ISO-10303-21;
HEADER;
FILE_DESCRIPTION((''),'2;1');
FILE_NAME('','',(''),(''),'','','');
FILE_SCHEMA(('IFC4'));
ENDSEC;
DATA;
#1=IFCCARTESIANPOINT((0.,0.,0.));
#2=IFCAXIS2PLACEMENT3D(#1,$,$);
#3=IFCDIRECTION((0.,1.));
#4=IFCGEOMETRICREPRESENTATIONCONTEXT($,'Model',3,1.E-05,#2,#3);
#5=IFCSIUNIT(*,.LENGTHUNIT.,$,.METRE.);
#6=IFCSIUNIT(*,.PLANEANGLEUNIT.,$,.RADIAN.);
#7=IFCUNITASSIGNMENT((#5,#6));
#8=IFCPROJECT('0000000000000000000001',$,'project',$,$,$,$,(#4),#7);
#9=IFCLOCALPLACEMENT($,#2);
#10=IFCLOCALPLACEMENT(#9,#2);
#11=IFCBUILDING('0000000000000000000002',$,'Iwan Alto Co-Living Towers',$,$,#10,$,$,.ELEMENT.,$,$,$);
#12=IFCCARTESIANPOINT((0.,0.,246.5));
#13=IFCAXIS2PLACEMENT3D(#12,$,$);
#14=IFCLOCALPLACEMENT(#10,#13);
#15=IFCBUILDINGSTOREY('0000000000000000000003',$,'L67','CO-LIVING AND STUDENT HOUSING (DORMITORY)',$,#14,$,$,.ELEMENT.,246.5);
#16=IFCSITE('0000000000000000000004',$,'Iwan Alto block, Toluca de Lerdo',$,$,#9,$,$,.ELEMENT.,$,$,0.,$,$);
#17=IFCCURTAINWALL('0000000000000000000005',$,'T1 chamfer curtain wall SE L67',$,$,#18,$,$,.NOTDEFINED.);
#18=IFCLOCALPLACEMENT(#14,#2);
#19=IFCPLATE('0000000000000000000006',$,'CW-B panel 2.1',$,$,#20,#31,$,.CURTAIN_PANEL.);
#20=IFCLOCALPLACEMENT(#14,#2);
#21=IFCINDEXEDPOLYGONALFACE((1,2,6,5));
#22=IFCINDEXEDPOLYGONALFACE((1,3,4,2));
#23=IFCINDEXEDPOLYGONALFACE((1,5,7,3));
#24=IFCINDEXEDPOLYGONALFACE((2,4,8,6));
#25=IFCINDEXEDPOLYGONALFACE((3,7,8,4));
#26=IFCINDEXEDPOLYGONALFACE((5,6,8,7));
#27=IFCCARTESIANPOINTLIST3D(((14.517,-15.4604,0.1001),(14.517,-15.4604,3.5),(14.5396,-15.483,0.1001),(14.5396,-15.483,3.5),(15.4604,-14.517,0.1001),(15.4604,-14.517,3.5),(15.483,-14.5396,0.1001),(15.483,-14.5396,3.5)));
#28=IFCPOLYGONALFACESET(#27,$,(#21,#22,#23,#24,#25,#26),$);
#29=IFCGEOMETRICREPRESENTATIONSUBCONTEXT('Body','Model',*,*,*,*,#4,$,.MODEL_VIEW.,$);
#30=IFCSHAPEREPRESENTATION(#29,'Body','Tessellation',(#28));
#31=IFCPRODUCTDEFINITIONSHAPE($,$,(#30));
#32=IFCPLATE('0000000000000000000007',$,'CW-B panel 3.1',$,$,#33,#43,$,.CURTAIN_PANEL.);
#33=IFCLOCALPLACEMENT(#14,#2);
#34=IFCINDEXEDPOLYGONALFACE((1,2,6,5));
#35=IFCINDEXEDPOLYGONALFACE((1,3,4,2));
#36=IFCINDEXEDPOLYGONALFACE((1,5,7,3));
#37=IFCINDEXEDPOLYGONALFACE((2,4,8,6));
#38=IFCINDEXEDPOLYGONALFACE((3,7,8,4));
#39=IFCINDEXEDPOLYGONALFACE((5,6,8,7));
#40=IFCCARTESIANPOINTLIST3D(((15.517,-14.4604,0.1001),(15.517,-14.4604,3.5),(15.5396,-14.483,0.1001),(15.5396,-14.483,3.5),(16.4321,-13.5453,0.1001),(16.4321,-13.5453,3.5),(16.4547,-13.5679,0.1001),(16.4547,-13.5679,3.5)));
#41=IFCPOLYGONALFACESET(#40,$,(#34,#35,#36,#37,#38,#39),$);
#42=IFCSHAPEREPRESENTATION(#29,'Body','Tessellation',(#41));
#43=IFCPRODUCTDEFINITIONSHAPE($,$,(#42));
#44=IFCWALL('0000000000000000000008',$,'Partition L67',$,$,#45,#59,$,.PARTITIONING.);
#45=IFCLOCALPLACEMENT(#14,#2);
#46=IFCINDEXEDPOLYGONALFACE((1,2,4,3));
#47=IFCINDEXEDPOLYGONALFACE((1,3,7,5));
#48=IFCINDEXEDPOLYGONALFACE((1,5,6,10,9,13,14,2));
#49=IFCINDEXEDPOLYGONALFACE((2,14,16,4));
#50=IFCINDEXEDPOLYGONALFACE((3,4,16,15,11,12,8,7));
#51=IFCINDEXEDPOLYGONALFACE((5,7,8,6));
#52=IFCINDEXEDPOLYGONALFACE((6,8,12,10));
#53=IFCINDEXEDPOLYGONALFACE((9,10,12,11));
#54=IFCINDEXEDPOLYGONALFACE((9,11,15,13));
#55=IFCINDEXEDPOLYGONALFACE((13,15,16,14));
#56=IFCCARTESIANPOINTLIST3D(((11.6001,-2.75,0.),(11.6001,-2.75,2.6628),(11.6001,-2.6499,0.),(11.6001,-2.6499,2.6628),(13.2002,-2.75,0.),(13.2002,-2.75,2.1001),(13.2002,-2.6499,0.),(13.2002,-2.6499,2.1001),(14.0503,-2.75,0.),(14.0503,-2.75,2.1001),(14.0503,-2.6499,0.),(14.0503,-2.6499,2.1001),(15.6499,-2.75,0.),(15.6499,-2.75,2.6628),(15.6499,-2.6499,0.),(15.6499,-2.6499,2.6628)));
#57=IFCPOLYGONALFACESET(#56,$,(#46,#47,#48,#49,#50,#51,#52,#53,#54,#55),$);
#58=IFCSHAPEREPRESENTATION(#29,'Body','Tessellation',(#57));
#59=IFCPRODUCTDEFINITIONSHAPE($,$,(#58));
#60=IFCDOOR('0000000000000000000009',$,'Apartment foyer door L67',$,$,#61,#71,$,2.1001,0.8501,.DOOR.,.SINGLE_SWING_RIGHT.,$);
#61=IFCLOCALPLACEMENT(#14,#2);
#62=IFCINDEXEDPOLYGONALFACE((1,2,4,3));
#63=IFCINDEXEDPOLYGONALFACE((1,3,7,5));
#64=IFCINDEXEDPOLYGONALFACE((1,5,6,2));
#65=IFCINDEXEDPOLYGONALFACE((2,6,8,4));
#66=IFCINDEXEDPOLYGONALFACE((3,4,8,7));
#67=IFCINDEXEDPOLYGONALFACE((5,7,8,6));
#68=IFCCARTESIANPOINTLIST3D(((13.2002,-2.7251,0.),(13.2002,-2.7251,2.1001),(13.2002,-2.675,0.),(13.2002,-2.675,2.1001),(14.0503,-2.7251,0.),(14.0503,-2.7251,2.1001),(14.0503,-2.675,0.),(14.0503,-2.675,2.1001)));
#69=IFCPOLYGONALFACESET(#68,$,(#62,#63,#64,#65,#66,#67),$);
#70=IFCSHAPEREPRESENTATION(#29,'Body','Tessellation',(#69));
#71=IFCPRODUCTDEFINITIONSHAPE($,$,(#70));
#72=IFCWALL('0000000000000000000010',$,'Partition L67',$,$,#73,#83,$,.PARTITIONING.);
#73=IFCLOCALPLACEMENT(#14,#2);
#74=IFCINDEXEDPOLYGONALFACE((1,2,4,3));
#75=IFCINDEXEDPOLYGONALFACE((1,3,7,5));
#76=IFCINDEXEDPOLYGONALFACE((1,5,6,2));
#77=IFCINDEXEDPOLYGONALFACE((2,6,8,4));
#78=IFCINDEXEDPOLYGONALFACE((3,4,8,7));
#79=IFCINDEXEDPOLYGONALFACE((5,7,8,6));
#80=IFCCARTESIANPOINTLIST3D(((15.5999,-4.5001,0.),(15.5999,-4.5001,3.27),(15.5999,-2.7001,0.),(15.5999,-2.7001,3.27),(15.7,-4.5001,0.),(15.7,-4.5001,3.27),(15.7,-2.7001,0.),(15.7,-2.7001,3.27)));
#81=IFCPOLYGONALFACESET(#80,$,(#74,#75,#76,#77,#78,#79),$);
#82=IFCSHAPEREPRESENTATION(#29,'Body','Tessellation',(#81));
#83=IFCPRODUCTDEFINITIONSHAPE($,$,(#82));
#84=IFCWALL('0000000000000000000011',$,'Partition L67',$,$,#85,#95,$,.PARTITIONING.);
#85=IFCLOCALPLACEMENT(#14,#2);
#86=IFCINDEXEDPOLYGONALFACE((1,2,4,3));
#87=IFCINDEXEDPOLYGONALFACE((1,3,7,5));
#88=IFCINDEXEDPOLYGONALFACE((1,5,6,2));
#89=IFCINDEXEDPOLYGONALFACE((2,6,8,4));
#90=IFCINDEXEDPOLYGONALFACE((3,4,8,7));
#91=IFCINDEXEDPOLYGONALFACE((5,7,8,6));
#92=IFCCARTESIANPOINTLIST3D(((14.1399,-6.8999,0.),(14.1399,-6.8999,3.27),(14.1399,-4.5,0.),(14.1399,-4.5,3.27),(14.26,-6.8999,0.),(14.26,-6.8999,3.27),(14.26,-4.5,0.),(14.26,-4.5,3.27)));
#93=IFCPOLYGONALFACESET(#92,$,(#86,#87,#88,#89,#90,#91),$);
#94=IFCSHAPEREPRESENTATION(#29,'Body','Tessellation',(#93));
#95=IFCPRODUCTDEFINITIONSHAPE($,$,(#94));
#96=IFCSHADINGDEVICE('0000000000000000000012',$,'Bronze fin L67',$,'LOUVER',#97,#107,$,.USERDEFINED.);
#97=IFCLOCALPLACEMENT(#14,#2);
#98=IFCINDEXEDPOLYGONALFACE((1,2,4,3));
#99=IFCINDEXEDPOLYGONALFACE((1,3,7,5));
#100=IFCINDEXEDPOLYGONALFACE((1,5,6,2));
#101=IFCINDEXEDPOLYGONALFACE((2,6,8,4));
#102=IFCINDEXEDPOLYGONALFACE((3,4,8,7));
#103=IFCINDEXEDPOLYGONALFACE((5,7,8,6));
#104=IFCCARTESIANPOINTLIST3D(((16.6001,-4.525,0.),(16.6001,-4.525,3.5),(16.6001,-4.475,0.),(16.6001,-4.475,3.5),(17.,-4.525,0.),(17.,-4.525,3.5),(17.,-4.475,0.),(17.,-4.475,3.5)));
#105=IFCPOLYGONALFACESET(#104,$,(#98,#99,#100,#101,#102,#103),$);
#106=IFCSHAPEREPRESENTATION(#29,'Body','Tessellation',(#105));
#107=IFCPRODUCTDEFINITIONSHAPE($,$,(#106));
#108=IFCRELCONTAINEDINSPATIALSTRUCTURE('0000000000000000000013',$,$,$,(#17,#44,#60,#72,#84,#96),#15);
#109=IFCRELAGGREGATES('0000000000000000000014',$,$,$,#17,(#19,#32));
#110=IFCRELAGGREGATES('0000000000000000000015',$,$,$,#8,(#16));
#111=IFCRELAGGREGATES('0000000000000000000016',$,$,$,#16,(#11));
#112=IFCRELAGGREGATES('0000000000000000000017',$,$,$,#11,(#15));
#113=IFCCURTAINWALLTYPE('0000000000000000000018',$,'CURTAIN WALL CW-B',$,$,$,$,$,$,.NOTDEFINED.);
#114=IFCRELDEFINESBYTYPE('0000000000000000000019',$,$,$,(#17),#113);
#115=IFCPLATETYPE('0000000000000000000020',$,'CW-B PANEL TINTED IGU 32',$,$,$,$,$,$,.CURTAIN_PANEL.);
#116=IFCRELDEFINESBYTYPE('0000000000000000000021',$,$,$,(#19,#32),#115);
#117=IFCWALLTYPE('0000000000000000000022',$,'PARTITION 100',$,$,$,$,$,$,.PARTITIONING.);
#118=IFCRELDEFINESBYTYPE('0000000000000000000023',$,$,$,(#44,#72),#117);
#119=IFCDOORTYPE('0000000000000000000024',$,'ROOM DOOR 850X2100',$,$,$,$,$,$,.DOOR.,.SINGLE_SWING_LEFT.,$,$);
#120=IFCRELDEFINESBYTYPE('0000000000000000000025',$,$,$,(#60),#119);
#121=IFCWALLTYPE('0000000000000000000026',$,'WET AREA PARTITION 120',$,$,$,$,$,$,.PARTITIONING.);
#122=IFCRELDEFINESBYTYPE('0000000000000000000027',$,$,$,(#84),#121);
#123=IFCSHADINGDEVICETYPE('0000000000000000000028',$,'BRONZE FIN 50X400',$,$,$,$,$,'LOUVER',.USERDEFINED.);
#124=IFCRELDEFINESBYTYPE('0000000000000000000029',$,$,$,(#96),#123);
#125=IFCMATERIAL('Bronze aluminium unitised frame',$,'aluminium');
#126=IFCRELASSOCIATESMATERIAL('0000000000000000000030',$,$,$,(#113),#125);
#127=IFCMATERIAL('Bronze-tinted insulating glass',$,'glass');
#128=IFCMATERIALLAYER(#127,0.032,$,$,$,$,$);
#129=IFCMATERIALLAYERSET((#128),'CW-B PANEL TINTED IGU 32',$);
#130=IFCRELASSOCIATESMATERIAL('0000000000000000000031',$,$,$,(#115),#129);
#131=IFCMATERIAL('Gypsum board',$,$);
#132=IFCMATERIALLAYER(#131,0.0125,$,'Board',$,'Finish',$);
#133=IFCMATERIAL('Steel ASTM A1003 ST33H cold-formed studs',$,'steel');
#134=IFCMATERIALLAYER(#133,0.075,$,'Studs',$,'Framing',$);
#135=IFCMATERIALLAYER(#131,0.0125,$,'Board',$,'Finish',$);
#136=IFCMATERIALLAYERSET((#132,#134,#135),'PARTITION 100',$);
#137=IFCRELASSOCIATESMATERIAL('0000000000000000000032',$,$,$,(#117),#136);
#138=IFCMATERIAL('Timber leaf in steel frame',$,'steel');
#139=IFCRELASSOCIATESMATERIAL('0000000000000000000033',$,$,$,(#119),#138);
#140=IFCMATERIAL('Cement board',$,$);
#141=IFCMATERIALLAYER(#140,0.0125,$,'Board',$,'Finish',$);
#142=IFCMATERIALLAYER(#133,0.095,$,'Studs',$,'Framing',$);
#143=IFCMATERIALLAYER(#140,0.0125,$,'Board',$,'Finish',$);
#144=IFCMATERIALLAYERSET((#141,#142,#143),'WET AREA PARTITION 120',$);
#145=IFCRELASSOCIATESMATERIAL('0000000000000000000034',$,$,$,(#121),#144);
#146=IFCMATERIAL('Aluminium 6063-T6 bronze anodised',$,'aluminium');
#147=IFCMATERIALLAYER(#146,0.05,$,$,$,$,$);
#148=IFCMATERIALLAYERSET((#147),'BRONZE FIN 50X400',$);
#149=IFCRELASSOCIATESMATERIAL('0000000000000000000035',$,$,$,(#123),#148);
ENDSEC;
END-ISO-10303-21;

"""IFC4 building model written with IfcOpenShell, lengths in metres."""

from ifc_helpers import new_model, si_unit, direction, frame, frame_2d, origin, origin_2d, place, context, subcontext, project, spatial, rectangle, extrude, material, layer, layer_set, type_object, element, fill, aggregate, save


model = new_model("IFC4")

# Units and contexts
model_context = context("Model", 3, precision=1e-05, world=origin(), true_north=direction((0.0, 1.0)))
body_context = subcontext(model_context, "Body", "Model", "MODEL_VIEW")
ifc_project = project(units=[si_unit("LENGTHUNIT", "METRE"), si_unit("PLANEANGLEUNIT", "RADIAN")], contexts=[model_context])

# Site, building, storey
site_placement = place(None, origin())
site = spatial("IfcSite", under=ifc_project, at=site_placement, Name="Iwan Alto block, Toluca de Lerdo", CompositionType="ELEMENT", RefElevation=0.0)
building_placement = place(site_placement, origin())
building = spatial("IfcBuilding", under=site, at=building_placement, Name="Iwan Alto Co-Living Towers", CompositionType="ELEMENT")
storey_placement = place(building_placement, frame((0.0, 0.0, 246.5)))
storey = spatial("IfcBuildingStorey", under=building, at=storey_placement, Name="L67", Description="CO-LIVING AND STUDENT HOUSING (DORMITORY)", CompositionType="ELEMENT", Elevation=246.5)

# Curtain wall
ifc_material_1 = material(Name="Bronze aluminium unitised frame", Category="aluminium")
curtain_wall_type_1 = type_object("IfcCurtainWallType", Name="CURTAIN WALL CW-B", PredefinedType="NOTDEFINED", material=ifc_material_1)
curtain_wall_1_placement = place(storey_placement, origin())
curtain_wall_1 = element("IfcCurtainWall", 1, at=curtain_wall_1_placement, inside=storey, type_object=curtain_wall_type_1, Name="T1 chamfer curtain wall SE L67", PredefinedType="NOTDEFINED")

# Plates
ifc_material_2 = material(Name="Bronze-tinted insulating glass", Category="glass")
ifc_layer_1 = layer(ifc_material_2, 0.032)
ifc_layer_set_1 = layer_set([ifc_layer_1], Name="CW-B PANEL TINTED IGU 32")
plate_type_1 = type_object("IfcPlateType", Name="CW-B PANEL TINTED IGU 32", PredefinedType="CURTAIN_PANEL", material=ifc_layer_set_1)
plate_1_placement = place(storey_placement, frame((15.0, -15.0, 0.1001), z_axis=(0.0, 0.0, 1.0), x_axis=(0.707107, 0.707107, 0.0)))
plate_1 = element("IfcPlate", 2, at=plate_1_placement, type_object=plate_type_1, Name="CW-B panel 2.1", PredefinedType="CURTAIN_PANEL", context=body_context, shape_type="SweptSolid", body=[
    extrude(rectangle(XDim=1.3342, YDim=0.032, at=origin_2d()), origin(), (0.0, 0.0, 1.0), 3.3999),
])
plate_2_placement = place(storey_placement, frame((15.9858, -14.0142, 0.1001), z_axis=(0.0, 0.0, 1.0), x_axis=(0.707107, 0.707107, 0.0)))
plate_2 = element("IfcPlate", 3, at=plate_2_placement, type_object=plate_type_1, Name="CW-B panel 3.1", PredefinedType="CURTAIN_PANEL", context=body_context, shape_type="SweptSolid", body=[
    extrude(rectangle(XDim=1.2942, YDim=0.032, at=origin_2d()), origin(), (0.0, 0.0, 1.0), 3.3999),
])
aggregate(curtain_wall_1, [plate_1, plate_2])

# Wall, opening, door
ifc_material_3 = material(Name="Gypsum board")
ifc_layer_2 = layer(ifc_material_3, 0.0125, Name="Board", Category="Finish")
ifc_material_4 = material(Name="Steel ASTM A1003 ST33H cold-formed studs", Category="steel")
ifc_layer_3 = layer(ifc_material_4, 0.075, Name="Studs", Category="Framing")
ifc_layer_4 = layer(ifc_material_3, 0.0125, Name="Board", Category="Finish")
ifc_layer_set_2 = layer_set([ifc_layer_2, ifc_layer_3, ifc_layer_4], Name="PARTITION 100")
wall_type_1 = type_object("IfcWallType", Name="PARTITION 100", PredefinedType="PARTITIONING", material=ifc_layer_set_2)
wall_1_placement = place(storey_placement, frame((11.6001, -2.7, 0.0), z_axis=(0.0, 0.0, 1.0), x_axis=(1.0, 0.0, 0.0)))
wall_1 = element("IfcWall", 4, at=wall_1_placement, inside=storey, type_object=wall_type_1, Name="Partition L67", PredefinedType="PARTITIONING", context=body_context, shape_type="SweptSolid", body=[
    extrude(rectangle(XDim=4.0498, YDim=0.1001, at=frame_2d((2.0249, 0.0))), origin(), (0.0, 0.0, 1.0), 2.6628),
])
opening_placement = place(wall_1_placement, frame((1.6001, 0.0, 0.0)))
opening = element("IfcOpeningElement", 5, at=opening_placement, cuts=wall_1, PredefinedType="OPENING", context=body_context, shape_type="SweptSolid", body=[
    extrude(rectangle(XDim=0.8501, YDim=2.1001, at=frame_2d((0.425, 1.05))), frame((0.0, 0.0601, 0.0), z_axis=(0.0, -1.0, 0.0), x_axis=(1.0, 0.0, 0.0)), (0.0, 0.0, 1.0), 0.1201),
])
ifc_material_5 = material(Name="Timber leaf in steel frame", Category="steel")
door_type = type_object("IfcDoorType", Name="ROOM DOOR 850X2100", OperationType="SINGLE_SWING_LEFT", PredefinedType="DOOR", material=ifc_material_5)
door_placement = place(opening_placement, origin())
door = element("IfcDoor", 6, at=door_placement, inside=storey, type_object=door_type, Name="Apartment foyer door L67", OperationType="SINGLE_SWING_RIGHT", OverallHeight=2.1001, OverallWidth=0.8501, PredefinedType="DOOR", context=body_context, shape_type="SweptSolid", body=[
    extrude(rectangle(XDim=0.8501, YDim=2.1001, at=frame_2d((0.425, 1.05))), frame((0.0, 0.0249, 0.0), z_axis=(0.0, -1.0, 0.0), x_axis=(1.0, 0.0, 0.0)), (0.0, 0.0, 1.0), 0.05),
])
fill(opening, door)

# Walls
wall_2_placement = place(storey_placement, frame((15.6499, -4.5, 0.0), z_axis=(0.0, 0.0, 1.0), x_axis=(0.0, 1.0, 0.0)))
element("IfcWall", 7, at=wall_2_placement, inside=storey, type_object=wall_type_1, Name="Partition L67", PredefinedType="PARTITIONING", context=body_context, shape_type="SweptSolid", body=[
    extrude(rectangle(XDim=1.8, YDim=0.1001, at=frame_2d((0.8999, 0.0))), origin(), (0.0, 0.0, 1.0), 3.27),
])
ifc_material_6 = material(Name="Cement board")
ifc_layer_5 = layer(ifc_material_6, 0.0125, Name="Board", Category="Finish")
ifc_layer_6 = layer(ifc_material_4, 0.095, Name="Studs", Category="Framing")
ifc_layer_7 = layer(ifc_material_6, 0.0125, Name="Board", Category="Finish")
ifc_layer_set_3 = layer_set([ifc_layer_5, ifc_layer_6, ifc_layer_7], Name="WET AREA PARTITION 120")
wall_type_2 = type_object("IfcWallType", Name="WET AREA PARTITION 120", PredefinedType="PARTITIONING", material=ifc_layer_set_3)
wall_3_placement = place(storey_placement, frame((14.2, -6.8999, 0.0), z_axis=(0.0, 0.0, 1.0), x_axis=(0.0, 1.0, 0.0)))
element("IfcWall", 8, at=wall_3_placement, inside=storey, type_object=wall_type_2, Name="Partition L67", PredefinedType="PARTITIONING", context=body_context, shape_type="SweptSolid", body=[
    extrude(rectangle(XDim=2.3999, YDim=0.1201, at=frame_2d((1.2, 0.0))), origin(), (0.0, 0.0, 1.0), 3.27),
])

# Shading device
ifc_material_7 = material(Name="Aluminium 6063-T6 bronze anodised", Category="aluminium")
ifc_layer_8 = layer(ifc_material_7, 0.05)
ifc_layer_set_4 = layer_set([ifc_layer_8], Name="BRONZE FIN 50X400")
shading_device_type = type_object("IfcShadingDeviceType", Name="BRONZE FIN 50X400", ElementType="LOUVER", PredefinedType="USERDEFINED", material=ifc_layer_set_4)
shading_device_placement = place(storey_placement, frame((16.8, -4.5, 0.0), z_axis=(0.0, 0.0, 1.0), x_axis=(0.0, 1.0, 0.0)))
element("IfcShadingDevice", 9, at=shading_device_placement, inside=storey, type_object=shading_device_type, Name="Bronze fin L67", ObjectType="LOUVER", PredefinedType="USERDEFINED", context=body_context, shape_type="SweptSolid", body=[
    extrude(rectangle(XDim=0.05, YDim=0.3999, at=origin_2d()), origin(), (0.0, 0.0, 1.0), 3.5),
])

save(model, "model.ifc")
